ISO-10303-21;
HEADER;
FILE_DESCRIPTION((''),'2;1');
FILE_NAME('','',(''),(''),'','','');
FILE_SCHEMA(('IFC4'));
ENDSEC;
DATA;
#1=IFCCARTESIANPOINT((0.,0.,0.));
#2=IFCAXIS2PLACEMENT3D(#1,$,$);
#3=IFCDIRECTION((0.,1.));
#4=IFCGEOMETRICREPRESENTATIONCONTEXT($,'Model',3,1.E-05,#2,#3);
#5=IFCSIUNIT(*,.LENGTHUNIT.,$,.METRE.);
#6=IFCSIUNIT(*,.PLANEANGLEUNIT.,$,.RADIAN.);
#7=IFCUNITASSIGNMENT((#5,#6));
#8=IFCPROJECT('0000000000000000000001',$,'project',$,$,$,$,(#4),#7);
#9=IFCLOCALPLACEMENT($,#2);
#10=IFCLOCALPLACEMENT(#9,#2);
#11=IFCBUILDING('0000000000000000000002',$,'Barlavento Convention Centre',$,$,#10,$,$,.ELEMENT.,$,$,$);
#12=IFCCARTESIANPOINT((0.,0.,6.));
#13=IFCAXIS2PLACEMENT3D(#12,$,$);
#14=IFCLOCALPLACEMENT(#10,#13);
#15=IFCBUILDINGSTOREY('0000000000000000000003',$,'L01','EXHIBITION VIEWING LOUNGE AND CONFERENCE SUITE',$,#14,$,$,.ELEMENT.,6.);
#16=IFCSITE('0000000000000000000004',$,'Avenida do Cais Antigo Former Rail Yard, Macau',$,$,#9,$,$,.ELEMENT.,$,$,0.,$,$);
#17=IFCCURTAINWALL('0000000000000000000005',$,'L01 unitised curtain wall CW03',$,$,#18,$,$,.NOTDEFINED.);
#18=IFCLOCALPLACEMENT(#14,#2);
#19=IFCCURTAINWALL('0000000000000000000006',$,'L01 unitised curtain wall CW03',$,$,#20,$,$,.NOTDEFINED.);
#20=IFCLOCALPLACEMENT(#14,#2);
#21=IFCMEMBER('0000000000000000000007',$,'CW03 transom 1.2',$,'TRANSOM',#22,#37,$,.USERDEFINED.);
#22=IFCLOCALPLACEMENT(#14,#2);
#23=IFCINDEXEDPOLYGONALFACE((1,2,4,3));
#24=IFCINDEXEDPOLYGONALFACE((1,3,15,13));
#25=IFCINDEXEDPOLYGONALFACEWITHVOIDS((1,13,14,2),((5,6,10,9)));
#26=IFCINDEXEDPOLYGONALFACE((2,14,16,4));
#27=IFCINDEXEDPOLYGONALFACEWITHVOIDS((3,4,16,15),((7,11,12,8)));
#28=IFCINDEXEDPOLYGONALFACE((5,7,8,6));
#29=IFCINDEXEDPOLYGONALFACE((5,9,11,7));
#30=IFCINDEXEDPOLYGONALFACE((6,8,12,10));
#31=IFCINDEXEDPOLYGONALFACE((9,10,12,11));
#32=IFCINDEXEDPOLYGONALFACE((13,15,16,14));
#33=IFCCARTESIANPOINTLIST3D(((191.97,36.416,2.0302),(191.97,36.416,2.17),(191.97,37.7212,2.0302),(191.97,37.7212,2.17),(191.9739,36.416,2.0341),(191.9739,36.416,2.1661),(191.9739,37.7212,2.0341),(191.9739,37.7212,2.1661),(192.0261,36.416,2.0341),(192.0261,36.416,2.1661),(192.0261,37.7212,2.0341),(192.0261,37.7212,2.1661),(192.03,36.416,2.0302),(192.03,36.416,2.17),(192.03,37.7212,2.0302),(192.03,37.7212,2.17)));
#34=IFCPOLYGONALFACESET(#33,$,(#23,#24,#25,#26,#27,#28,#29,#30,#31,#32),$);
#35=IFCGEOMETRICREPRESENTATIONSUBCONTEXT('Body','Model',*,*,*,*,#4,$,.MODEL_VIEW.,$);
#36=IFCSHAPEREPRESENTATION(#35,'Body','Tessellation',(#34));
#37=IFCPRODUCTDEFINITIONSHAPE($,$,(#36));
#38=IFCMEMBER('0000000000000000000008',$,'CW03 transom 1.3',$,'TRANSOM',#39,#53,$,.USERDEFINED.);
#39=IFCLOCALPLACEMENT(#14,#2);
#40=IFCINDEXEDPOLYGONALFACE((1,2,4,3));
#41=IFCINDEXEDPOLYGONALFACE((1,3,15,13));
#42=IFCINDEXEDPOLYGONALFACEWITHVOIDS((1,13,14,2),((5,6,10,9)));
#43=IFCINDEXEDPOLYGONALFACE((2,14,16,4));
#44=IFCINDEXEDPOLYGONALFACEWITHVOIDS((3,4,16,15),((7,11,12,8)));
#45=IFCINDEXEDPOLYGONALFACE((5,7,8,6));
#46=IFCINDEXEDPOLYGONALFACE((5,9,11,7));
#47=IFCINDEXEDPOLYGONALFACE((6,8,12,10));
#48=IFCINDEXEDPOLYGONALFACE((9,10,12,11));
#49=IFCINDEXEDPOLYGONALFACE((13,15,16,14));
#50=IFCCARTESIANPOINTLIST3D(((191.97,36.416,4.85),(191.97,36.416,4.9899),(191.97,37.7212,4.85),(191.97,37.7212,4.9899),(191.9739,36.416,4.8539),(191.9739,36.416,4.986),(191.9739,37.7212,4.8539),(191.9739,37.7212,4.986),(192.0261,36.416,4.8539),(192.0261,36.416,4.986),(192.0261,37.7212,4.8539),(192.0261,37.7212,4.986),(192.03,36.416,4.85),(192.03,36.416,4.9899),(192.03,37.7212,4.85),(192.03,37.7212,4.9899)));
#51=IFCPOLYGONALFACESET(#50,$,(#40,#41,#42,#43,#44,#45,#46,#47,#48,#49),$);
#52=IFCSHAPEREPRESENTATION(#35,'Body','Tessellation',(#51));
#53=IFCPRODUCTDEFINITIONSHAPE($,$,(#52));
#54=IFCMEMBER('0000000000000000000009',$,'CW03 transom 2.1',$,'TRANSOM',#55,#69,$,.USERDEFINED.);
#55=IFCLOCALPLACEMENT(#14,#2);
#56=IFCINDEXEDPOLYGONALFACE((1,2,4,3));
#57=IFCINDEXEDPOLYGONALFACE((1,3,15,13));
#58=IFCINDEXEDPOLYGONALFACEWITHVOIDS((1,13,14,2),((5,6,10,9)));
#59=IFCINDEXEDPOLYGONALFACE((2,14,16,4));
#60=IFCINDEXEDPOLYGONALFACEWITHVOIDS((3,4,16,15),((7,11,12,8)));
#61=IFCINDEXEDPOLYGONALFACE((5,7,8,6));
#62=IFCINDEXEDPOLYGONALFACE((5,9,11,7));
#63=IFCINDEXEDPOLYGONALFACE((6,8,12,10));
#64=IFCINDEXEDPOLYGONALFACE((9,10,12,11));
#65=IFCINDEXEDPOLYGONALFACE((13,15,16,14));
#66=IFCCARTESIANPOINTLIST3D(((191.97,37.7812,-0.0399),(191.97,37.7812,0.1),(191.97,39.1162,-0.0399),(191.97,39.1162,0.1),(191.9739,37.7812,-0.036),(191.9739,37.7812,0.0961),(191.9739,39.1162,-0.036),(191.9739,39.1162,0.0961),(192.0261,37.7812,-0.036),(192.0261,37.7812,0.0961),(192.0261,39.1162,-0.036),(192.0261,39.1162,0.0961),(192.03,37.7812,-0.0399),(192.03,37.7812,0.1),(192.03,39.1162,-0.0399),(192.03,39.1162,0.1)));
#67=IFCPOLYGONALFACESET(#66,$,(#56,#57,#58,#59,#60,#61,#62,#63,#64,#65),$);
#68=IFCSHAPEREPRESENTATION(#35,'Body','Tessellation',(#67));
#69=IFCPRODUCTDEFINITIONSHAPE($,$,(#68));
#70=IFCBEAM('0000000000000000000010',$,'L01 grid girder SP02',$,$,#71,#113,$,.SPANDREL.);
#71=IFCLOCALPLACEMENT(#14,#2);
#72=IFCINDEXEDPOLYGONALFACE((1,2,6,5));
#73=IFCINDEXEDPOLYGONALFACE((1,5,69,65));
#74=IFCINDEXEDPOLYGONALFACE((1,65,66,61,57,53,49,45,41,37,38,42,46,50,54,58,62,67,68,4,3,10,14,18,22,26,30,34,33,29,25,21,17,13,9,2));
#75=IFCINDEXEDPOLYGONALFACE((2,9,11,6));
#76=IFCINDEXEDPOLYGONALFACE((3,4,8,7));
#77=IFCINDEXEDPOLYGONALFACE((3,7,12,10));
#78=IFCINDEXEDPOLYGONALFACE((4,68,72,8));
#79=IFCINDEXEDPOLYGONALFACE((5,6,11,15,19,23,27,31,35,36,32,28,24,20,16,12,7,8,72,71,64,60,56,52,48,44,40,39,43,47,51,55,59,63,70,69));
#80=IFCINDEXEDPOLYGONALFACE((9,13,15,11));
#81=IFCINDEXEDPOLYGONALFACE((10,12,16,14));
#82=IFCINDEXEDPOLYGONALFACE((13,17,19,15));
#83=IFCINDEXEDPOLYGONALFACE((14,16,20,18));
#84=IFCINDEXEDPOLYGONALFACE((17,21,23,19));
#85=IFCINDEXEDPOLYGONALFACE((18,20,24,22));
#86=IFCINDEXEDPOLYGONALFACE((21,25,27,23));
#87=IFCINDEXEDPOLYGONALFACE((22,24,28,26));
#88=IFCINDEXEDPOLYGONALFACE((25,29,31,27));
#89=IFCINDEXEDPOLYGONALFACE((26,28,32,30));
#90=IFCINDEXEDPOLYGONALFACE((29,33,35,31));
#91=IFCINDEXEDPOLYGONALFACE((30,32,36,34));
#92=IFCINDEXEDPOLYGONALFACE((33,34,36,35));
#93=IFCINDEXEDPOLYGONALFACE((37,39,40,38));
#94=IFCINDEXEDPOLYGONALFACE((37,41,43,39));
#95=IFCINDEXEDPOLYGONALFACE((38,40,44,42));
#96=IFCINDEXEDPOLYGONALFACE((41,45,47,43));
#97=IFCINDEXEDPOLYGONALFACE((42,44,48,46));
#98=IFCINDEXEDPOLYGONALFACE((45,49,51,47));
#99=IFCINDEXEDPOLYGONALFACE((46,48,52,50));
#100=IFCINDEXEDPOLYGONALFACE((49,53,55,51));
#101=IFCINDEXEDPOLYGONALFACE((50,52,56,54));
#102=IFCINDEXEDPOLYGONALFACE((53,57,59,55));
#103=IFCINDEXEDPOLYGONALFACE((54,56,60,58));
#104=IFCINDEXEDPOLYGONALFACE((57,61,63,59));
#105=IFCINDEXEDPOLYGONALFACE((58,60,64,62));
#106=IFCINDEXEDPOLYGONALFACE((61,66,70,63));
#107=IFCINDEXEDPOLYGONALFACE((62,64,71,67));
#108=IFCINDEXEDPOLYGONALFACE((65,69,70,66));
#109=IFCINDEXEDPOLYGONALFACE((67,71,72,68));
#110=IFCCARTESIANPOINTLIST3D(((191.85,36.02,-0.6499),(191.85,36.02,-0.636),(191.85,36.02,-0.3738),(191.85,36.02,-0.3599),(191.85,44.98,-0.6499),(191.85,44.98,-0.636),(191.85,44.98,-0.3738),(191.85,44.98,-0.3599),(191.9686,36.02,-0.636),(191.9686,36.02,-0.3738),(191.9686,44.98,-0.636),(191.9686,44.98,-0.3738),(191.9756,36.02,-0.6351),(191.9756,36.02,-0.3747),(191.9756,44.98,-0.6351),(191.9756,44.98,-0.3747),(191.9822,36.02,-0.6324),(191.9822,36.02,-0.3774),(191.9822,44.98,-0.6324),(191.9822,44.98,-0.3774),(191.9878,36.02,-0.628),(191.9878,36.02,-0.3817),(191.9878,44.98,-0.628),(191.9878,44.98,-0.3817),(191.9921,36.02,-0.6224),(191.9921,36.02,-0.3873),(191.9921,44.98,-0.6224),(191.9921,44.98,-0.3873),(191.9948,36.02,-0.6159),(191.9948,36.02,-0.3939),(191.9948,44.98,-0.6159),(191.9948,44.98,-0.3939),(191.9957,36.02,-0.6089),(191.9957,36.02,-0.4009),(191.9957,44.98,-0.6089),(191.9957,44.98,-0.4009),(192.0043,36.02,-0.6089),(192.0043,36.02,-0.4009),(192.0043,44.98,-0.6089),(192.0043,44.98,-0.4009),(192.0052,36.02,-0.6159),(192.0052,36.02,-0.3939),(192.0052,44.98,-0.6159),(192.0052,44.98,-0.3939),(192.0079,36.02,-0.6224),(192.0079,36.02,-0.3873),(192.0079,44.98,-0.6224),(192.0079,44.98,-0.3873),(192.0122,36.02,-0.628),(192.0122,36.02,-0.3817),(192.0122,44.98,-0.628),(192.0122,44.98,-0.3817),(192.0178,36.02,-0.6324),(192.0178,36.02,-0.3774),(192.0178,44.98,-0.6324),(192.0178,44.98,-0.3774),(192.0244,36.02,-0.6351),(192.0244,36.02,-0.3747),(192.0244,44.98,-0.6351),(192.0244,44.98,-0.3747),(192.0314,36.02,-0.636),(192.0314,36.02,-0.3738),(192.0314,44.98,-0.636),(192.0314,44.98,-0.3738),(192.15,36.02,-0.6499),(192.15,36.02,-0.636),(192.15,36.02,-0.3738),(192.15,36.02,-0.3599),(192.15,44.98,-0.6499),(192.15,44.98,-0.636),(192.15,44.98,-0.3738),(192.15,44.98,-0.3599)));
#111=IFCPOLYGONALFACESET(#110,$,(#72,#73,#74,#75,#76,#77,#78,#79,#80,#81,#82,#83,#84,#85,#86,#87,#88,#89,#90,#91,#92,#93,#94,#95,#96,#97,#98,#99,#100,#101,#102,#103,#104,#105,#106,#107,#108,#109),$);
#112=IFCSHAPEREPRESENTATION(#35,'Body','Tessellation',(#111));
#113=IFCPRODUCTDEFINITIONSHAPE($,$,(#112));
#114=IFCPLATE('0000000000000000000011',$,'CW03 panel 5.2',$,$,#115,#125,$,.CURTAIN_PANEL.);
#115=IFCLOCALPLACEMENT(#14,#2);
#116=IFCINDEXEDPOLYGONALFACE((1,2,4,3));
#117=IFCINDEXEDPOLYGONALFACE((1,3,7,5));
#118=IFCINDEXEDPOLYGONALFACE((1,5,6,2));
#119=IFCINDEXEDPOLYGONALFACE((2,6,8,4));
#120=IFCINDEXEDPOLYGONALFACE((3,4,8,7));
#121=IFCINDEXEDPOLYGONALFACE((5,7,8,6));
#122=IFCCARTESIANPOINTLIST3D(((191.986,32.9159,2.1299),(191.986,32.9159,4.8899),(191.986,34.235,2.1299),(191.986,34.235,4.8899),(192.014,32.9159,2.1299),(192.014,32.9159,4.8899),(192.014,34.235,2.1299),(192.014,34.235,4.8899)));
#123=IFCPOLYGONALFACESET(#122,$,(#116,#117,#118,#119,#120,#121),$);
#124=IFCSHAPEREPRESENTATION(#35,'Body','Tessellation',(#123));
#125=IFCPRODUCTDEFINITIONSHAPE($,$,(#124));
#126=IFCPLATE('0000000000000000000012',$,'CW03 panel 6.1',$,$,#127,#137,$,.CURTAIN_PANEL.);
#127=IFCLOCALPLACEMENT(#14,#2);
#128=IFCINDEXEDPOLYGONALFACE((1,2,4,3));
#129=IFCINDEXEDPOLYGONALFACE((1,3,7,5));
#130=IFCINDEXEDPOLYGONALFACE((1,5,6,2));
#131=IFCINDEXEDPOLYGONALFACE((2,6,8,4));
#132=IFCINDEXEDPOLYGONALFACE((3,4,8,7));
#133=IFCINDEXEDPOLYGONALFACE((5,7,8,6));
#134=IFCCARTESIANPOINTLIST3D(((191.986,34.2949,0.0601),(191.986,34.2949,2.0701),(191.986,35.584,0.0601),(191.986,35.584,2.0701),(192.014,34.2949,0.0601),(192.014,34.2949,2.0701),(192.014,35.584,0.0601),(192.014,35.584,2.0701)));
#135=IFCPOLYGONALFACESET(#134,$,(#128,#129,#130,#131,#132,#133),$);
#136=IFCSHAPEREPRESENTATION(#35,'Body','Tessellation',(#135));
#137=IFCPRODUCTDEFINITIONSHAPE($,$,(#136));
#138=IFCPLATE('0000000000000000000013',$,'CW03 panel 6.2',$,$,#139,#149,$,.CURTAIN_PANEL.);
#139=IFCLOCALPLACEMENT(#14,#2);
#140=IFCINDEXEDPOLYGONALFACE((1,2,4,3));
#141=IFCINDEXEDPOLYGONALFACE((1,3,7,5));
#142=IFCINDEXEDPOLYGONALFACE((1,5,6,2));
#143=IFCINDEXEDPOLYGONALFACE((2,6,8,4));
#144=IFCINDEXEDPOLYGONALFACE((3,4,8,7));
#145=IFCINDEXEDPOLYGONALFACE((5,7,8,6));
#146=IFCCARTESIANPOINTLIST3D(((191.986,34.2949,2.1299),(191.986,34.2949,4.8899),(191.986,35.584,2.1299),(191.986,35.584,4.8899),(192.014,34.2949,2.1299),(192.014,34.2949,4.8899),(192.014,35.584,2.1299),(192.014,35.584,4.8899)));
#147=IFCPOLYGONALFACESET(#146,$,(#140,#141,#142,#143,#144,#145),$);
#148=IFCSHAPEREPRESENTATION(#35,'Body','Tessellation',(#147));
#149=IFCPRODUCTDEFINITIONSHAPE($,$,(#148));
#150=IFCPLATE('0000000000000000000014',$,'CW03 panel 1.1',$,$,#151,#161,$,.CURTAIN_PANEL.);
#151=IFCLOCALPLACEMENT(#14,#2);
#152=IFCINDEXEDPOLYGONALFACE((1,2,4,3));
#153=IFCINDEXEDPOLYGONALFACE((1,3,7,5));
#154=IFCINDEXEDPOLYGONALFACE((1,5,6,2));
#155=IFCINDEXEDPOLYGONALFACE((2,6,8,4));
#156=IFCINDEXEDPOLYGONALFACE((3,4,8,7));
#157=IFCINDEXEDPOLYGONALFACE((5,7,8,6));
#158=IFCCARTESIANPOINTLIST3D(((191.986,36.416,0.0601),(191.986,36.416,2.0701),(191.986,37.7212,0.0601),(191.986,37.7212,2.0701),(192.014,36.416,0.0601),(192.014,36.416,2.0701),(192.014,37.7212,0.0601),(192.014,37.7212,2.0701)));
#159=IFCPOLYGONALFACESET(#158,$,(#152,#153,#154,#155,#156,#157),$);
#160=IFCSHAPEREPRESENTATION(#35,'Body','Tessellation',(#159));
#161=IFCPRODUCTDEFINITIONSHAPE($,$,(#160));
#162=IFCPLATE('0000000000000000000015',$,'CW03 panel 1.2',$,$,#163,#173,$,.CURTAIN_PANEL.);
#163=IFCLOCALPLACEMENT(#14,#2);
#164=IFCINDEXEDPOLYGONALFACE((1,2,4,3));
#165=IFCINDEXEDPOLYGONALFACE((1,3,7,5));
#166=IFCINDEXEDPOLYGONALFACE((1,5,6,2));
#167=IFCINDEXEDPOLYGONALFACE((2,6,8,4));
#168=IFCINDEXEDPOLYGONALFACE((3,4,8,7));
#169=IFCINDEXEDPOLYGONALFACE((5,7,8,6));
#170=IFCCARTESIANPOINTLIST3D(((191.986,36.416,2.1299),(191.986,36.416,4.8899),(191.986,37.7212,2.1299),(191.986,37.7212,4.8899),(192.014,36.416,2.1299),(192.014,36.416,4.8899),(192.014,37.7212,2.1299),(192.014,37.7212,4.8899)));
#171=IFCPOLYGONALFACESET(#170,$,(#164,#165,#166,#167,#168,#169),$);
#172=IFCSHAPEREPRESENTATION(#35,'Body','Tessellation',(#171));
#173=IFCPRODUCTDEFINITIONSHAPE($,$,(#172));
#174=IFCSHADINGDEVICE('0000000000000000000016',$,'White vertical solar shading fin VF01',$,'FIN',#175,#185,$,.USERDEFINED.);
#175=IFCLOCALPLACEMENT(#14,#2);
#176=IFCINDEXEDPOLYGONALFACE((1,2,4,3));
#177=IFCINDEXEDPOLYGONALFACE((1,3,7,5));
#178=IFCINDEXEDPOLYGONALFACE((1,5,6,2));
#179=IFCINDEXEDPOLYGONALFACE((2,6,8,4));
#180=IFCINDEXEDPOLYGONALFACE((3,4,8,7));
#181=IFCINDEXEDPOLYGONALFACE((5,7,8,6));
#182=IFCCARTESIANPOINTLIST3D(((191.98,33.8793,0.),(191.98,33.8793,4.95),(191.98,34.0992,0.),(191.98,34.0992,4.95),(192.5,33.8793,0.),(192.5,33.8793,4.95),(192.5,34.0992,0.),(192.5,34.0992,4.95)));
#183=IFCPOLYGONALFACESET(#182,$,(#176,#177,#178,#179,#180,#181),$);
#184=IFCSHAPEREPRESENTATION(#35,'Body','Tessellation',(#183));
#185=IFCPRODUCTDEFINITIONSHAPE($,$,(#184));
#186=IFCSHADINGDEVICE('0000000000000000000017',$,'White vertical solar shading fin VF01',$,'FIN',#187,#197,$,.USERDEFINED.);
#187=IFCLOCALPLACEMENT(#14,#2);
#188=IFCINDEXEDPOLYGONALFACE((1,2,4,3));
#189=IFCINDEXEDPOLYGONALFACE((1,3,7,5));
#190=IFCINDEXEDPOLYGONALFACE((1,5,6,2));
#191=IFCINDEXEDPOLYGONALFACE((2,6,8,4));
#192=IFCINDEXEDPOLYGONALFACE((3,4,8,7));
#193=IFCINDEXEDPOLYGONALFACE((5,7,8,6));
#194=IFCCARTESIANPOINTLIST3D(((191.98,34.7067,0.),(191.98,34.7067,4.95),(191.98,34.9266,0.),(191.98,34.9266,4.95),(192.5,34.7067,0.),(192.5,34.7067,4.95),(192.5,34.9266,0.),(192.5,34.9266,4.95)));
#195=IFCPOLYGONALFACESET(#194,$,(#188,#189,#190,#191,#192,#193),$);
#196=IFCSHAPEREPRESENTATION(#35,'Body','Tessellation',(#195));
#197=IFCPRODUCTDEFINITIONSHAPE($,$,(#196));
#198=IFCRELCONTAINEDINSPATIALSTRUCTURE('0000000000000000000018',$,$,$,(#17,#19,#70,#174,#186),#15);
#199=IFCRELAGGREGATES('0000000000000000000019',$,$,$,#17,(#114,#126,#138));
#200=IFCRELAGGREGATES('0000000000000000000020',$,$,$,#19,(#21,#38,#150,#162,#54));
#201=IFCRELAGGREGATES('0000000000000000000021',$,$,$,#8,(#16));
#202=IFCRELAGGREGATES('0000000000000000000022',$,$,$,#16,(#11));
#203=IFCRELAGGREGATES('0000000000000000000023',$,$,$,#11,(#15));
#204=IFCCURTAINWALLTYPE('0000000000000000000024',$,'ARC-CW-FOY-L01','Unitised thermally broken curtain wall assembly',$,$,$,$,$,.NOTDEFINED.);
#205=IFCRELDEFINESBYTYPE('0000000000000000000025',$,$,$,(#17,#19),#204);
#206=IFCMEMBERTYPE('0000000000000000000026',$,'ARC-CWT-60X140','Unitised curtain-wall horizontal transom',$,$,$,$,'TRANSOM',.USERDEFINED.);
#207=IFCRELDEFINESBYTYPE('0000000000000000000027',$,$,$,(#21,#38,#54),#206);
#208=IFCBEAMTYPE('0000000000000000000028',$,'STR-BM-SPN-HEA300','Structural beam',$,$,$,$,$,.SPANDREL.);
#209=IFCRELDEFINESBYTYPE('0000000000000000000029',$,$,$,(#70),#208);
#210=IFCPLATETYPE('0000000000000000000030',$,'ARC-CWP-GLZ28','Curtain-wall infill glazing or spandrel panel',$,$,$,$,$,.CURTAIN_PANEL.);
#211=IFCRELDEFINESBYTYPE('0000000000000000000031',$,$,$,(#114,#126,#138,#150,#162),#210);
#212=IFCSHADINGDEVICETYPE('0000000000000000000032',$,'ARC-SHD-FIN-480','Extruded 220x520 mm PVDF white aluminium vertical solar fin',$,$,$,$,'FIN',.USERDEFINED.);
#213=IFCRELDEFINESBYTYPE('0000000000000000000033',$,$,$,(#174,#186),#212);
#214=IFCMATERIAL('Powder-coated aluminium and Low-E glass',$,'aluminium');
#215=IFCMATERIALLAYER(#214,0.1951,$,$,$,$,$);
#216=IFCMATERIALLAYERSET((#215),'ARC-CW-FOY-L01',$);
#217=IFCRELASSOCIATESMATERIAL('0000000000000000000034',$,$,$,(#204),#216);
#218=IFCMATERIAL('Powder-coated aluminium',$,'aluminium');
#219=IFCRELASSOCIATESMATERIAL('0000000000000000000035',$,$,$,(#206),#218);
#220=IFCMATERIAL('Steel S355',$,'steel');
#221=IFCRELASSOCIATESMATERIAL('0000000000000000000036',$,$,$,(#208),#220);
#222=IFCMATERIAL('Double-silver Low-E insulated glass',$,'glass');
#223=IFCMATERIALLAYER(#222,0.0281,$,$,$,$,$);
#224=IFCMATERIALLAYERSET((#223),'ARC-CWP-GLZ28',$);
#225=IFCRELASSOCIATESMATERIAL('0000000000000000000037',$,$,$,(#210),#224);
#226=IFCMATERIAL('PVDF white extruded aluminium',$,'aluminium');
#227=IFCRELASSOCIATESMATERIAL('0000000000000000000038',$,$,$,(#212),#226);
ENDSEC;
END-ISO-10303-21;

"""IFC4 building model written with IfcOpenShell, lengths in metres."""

from ifc_helpers import new_model, si_unit, direction, frame, origin, origin_2d, place, context, subcontext, project, spatial, rectangle, hollow_rectangle, i_section, extrude, material, layer, layer_set, material_profile, profile_set, type_object, element, aggregate, save


model = new_model("IFC4")

# Units and contexts
model_context = context("Model", 3, precision=1e-05, world=origin(), true_north=direction((0.0, 1.0)))
body_context = subcontext(model_context, "Body", "Model", "MODEL_VIEW")
ifc_project = project(units=[si_unit("LENGTHUNIT", "METRE"), si_unit("PLANEANGLEUNIT", "RADIAN")], contexts=[model_context])

# Site, building, storey
site_placement = place(None, origin())
site = spatial("IfcSite", under=ifc_project, at=site_placement, Name="Avenida do Cais Antigo Former Rail Yard, Macau", CompositionType="ELEMENT", RefElevation=0.0)
building_placement = place(site_placement, origin())
building = spatial("IfcBuilding", under=site, at=building_placement, Name="Barlavento Convention Centre", CompositionType="ELEMENT")
storey_placement = place(building_placement, frame((0.0, 0.0, 6.0)))
storey = spatial("IfcBuildingStorey", under=building, at=storey_placement, Name="L01", Description="EXHIBITION VIEWING LOUNGE AND CONFERENCE SUITE", CompositionType="ELEMENT", Elevation=6.0)

# Shared definitions
ifc_material_1 = material(Name="Steel S355", Category="steel")

# Curtain walls
ifc_material_2 = material(Name="Powder-coated aluminium and Low-E glass", Category="aluminium")
ifc_layer_1 = layer(ifc_material_2, 0.1951)
ifc_layer_set_1 = layer_set([ifc_layer_1], Name="ARC-CW-FOY-L01")
curtain_wall_type = type_object("IfcCurtainWallType", Name="ARC-CW-FOY-L01", Description="Unitised thermally broken curtain wall assembly", PredefinedType="NOTDEFINED", material=ifc_layer_set_1)
curtain_wall_1_placement = place(storey_placement, origin())
curtain_wall_1 = element("IfcCurtainWall", 1, at=curtain_wall_1_placement, inside=storey, type_object=curtain_wall_type, Name="L01 unitised curtain wall CW03", PredefinedType="NOTDEFINED")
ifc_material_3 = material(Name="Powder-coated aluminium", Category="aluminium")
curtain_wall_2_placement = place(storey_placement, origin())
curtain_wall_2 = element("IfcCurtainWall", 2, at=curtain_wall_2_placement, inside=storey, type_object=curtain_wall_type, Name="L01 unitised curtain wall CW03", PredefinedType="NOTDEFINED")

# Members
ifc_material_profile_1 = material_profile(ifc_material_3, hollow_rectangle(XDim=0.0601, YDim=0.1399, WallThickness=0.0039, at=origin_2d()), Name="AL-TRAN 60x140x4")
ifc_profile_set_1 = profile_set([ifc_material_profile_1], Name="Powder-coated aluminium")
member_type_1 = type_object("IfcMemberType", Name="ARC-CWT-60X140", Description="Unitised curtain-wall horizontal transom", ElementType="TRANSOM", PredefinedType="USERDEFINED", material=ifc_profile_set_1)
member_1_placement = place(storey_placement, frame((192.0, 36.416, 2.1001), z_axis=(0.0, 1.0, 0.0), x_axis=(-1.0, 0.0, 0.0)))
member_1 = element("IfcMember", 3, at=member_1_placement, type_object=member_type_1, Name="CW03 transom 1.2", ObjectType="TRANSOM", PredefinedType="USERDEFINED", context=body_context, shape_type="SweptSolid", body=[
    extrude(hollow_rectangle(XDim=0.0601, YDim=0.1399, WallThickness=0.0039, at=origin_2d()), origin(), (0.0, 0.0, 1.0), 1.3052),
])
member_2_placement = place(storey_placement, frame((192.0, 36.416, 4.9199), z_axis=(0.0, 1.0, 0.0), x_axis=(-1.0, 0.0, 0.0)))
member_2 = element("IfcMember", 4, at=member_2_placement, type_object=member_type_1, Name="CW03 transom 1.3", ObjectType="TRANSOM", PredefinedType="USERDEFINED", context=body_context, shape_type="SweptSolid", body=[
    extrude(hollow_rectangle(XDim=0.0601, YDim=0.1399, WallThickness=0.0039, at=origin_2d()), origin(), (0.0, 0.0, 1.0), 1.3052),
])
member_3_placement = place(storey_placement, frame((192.0, 37.7812, 0.03), z_axis=(0.0, 1.0, 0.0), x_axis=(-1.0, 0.0, 0.0)))
member_3 = element("IfcMember", 5, at=member_3_placement, type_object=member_type_1, Name="CW03 transom 2.1", ObjectType="TRANSOM", PredefinedType="USERDEFINED", context=body_context, shape_type="SweptSolid", body=[
    extrude(hollow_rectangle(XDim=0.0601, YDim=0.1399, WallThickness=0.0039, at=origin_2d()), origin(), (0.0, 0.0, 1.0), 1.335),
])

# Beam
ifc_material_profile_2 = material_profile(ifc_material_1, i_section(OverallWidth=0.3, OverallDepth=0.29, WebThickness=0.0085, FlangeThickness=0.0139, FilletRadius=0.0271, at=origin_2d()), Name="HEA 300")
ifc_profile_set_2 = profile_set([ifc_material_profile_2], Name="Steel S355")
beam_type = type_object("IfcBeamType", Name="STR-BM-SPN-HEA300", Description="Structural beam", PredefinedType="SPANDREL", material=ifc_profile_set_2)
beam_placement = place(storey_placement, frame((192.0, 36.02, -0.5049), z_axis=(0.0, 1.0, 0.0), x_axis=(-1.0, 0.0, 0.0)))
element("IfcBeam", 6, at=beam_placement, inside=storey, type_object=beam_type, Name="L01 grid girder SP02", PredefinedType="SPANDREL", context=body_context, shape_type="SweptSolid", body=[
    extrude(i_section(OverallWidth=0.3, OverallDepth=0.29, WebThickness=0.0085, FlangeThickness=0.0139, FilletRadius=0.0271, at=origin_2d()), origin(), (0.0, 0.0, 1.0), 8.96),
])

# Plates
ifc_material_4 = material(Name="Double-silver Low-E insulated glass", Category="glass")
ifc_layer_2 = layer(ifc_material_4, 0.0281)
ifc_layer_set_2 = layer_set([ifc_layer_2], Name="ARC-CWP-GLZ28")
plate_type = type_object("IfcPlateType", Name="ARC-CWP-GLZ28", Description="Curtain-wall infill glazing or spandrel panel", PredefinedType="CURTAIN_PANEL", material=ifc_layer_set_2)
plate_1_placement = place(storey_placement, frame((192.0, 33.5754, 2.1299), z_axis=(0.0, 0.0, 1.0), x_axis=(0.0, 1.0, 0.0)))
plate_1 = element("IfcPlate", 7, at=plate_1_placement, type_object=plate_type, Name="CW03 panel 5.2", PredefinedType="CURTAIN_PANEL", context=body_context, shape_type="SweptSolid", body=[
    extrude(rectangle(XDim=1.3191, YDim=0.0281, at=origin_2d()), origin(), (0.0, 0.0, 1.0), 2.76),
])
plate_2_placement = place(storey_placement, frame((192.0, 34.9395, 0.0601), z_axis=(0.0, 0.0, 1.0), x_axis=(0.0, 1.0, 0.0)))
plate_2 = element("IfcPlate", 8, at=plate_2_placement, type_object=plate_type, Name="CW03 panel 6.1", PredefinedType="CURTAIN_PANEL", context=body_context, shape_type="SweptSolid", body=[
    extrude(rectangle(XDim=1.2891, YDim=0.0281, at=origin_2d()), origin(), (0.0, 0.0, 1.0), 2.01),
])
plate_3_placement = place(storey_placement, frame((192.0, 34.9395, 2.1299), z_axis=(0.0, 0.0, 1.0), x_axis=(0.0, 1.0, 0.0)))
plate_3 = element("IfcPlate", 9, at=plate_3_placement, type_object=plate_type, Name="CW03 panel 6.2", PredefinedType="CURTAIN_PANEL", context=body_context, shape_type="SweptSolid", body=[
    extrude(rectangle(XDim=1.2891, YDim=0.0281, at=origin_2d()), origin(), (0.0, 0.0, 1.0), 2.76),
])
aggregate(curtain_wall_1, [plate_1, plate_2, plate_3])
plate_4_placement = place(storey_placement, frame((192.0, 37.0686, 0.0601), z_axis=(0.0, 0.0, 1.0), x_axis=(0.0, 1.0, 0.0)))
plate_4 = element("IfcPlate", 10, at=plate_4_placement, type_object=plate_type, Name="CW03 panel 1.1", PredefinedType="CURTAIN_PANEL", context=body_context, shape_type="SweptSolid", body=[
    extrude(rectangle(XDim=1.3052, YDim=0.0281, at=origin_2d()), origin(), (0.0, 0.0, 1.0), 2.01),
])
plate_5_placement = place(storey_placement, frame((192.0, 37.0686, 2.1299), z_axis=(0.0, 0.0, 1.0), x_axis=(0.0, 1.0, 0.0)))
plate_5 = element("IfcPlate", 11, at=plate_5_placement, type_object=plate_type, Name="CW03 panel 1.2", PredefinedType="CURTAIN_PANEL", context=body_context, shape_type="SweptSolid", body=[
    extrude(rectangle(XDim=1.3052, YDim=0.0281, at=origin_2d()), origin(), (0.0, 0.0, 1.0), 2.76),
])
aggregate(curtain_wall_2, [member_1, member_2, plate_4, plate_5, member_3])

# Shading devices
ifc_material_5 = material(Name="PVDF white extruded aluminium", Category="aluminium")
shading_device_type = type_object("IfcShadingDeviceType", Name="ARC-SHD-FIN-480", Description="Extruded 220x520 mm PVDF white aluminium vertical solar fin", ElementType="FIN", PredefinedType="USERDEFINED", material=ifc_material_5)
for number, where, z_axis, x_axis, name in (
    (12, (192.24, 33.9893, 0.0), (0.0, 0.0, 1.0), (0.0, 1.0, 0.0), "White vertical solar shading fin VF01"),
    (13, (192.24, 34.8167, 0.0), (0.0, 0.0, 1.0), (0.0, 1.0, 0.0), "White vertical solar shading fin VF01"),
):
    element("IfcShadingDevice", number, at=place(storey_placement, frame(where, z_axis=z_axis, x_axis=x_axis)), inside=storey, type_object=shading_device_type, Name=name, ObjectType="FIN", PredefinedType="USERDEFINED", context=body_context, shape_type="SweptSolid", body=[
        extrude(rectangle(XDim=0.22, YDim=0.52, at=origin_2d()), origin(), (0.0, 0.0, 1.0), 4.95),
    ])

save(model, "model.ifc")
